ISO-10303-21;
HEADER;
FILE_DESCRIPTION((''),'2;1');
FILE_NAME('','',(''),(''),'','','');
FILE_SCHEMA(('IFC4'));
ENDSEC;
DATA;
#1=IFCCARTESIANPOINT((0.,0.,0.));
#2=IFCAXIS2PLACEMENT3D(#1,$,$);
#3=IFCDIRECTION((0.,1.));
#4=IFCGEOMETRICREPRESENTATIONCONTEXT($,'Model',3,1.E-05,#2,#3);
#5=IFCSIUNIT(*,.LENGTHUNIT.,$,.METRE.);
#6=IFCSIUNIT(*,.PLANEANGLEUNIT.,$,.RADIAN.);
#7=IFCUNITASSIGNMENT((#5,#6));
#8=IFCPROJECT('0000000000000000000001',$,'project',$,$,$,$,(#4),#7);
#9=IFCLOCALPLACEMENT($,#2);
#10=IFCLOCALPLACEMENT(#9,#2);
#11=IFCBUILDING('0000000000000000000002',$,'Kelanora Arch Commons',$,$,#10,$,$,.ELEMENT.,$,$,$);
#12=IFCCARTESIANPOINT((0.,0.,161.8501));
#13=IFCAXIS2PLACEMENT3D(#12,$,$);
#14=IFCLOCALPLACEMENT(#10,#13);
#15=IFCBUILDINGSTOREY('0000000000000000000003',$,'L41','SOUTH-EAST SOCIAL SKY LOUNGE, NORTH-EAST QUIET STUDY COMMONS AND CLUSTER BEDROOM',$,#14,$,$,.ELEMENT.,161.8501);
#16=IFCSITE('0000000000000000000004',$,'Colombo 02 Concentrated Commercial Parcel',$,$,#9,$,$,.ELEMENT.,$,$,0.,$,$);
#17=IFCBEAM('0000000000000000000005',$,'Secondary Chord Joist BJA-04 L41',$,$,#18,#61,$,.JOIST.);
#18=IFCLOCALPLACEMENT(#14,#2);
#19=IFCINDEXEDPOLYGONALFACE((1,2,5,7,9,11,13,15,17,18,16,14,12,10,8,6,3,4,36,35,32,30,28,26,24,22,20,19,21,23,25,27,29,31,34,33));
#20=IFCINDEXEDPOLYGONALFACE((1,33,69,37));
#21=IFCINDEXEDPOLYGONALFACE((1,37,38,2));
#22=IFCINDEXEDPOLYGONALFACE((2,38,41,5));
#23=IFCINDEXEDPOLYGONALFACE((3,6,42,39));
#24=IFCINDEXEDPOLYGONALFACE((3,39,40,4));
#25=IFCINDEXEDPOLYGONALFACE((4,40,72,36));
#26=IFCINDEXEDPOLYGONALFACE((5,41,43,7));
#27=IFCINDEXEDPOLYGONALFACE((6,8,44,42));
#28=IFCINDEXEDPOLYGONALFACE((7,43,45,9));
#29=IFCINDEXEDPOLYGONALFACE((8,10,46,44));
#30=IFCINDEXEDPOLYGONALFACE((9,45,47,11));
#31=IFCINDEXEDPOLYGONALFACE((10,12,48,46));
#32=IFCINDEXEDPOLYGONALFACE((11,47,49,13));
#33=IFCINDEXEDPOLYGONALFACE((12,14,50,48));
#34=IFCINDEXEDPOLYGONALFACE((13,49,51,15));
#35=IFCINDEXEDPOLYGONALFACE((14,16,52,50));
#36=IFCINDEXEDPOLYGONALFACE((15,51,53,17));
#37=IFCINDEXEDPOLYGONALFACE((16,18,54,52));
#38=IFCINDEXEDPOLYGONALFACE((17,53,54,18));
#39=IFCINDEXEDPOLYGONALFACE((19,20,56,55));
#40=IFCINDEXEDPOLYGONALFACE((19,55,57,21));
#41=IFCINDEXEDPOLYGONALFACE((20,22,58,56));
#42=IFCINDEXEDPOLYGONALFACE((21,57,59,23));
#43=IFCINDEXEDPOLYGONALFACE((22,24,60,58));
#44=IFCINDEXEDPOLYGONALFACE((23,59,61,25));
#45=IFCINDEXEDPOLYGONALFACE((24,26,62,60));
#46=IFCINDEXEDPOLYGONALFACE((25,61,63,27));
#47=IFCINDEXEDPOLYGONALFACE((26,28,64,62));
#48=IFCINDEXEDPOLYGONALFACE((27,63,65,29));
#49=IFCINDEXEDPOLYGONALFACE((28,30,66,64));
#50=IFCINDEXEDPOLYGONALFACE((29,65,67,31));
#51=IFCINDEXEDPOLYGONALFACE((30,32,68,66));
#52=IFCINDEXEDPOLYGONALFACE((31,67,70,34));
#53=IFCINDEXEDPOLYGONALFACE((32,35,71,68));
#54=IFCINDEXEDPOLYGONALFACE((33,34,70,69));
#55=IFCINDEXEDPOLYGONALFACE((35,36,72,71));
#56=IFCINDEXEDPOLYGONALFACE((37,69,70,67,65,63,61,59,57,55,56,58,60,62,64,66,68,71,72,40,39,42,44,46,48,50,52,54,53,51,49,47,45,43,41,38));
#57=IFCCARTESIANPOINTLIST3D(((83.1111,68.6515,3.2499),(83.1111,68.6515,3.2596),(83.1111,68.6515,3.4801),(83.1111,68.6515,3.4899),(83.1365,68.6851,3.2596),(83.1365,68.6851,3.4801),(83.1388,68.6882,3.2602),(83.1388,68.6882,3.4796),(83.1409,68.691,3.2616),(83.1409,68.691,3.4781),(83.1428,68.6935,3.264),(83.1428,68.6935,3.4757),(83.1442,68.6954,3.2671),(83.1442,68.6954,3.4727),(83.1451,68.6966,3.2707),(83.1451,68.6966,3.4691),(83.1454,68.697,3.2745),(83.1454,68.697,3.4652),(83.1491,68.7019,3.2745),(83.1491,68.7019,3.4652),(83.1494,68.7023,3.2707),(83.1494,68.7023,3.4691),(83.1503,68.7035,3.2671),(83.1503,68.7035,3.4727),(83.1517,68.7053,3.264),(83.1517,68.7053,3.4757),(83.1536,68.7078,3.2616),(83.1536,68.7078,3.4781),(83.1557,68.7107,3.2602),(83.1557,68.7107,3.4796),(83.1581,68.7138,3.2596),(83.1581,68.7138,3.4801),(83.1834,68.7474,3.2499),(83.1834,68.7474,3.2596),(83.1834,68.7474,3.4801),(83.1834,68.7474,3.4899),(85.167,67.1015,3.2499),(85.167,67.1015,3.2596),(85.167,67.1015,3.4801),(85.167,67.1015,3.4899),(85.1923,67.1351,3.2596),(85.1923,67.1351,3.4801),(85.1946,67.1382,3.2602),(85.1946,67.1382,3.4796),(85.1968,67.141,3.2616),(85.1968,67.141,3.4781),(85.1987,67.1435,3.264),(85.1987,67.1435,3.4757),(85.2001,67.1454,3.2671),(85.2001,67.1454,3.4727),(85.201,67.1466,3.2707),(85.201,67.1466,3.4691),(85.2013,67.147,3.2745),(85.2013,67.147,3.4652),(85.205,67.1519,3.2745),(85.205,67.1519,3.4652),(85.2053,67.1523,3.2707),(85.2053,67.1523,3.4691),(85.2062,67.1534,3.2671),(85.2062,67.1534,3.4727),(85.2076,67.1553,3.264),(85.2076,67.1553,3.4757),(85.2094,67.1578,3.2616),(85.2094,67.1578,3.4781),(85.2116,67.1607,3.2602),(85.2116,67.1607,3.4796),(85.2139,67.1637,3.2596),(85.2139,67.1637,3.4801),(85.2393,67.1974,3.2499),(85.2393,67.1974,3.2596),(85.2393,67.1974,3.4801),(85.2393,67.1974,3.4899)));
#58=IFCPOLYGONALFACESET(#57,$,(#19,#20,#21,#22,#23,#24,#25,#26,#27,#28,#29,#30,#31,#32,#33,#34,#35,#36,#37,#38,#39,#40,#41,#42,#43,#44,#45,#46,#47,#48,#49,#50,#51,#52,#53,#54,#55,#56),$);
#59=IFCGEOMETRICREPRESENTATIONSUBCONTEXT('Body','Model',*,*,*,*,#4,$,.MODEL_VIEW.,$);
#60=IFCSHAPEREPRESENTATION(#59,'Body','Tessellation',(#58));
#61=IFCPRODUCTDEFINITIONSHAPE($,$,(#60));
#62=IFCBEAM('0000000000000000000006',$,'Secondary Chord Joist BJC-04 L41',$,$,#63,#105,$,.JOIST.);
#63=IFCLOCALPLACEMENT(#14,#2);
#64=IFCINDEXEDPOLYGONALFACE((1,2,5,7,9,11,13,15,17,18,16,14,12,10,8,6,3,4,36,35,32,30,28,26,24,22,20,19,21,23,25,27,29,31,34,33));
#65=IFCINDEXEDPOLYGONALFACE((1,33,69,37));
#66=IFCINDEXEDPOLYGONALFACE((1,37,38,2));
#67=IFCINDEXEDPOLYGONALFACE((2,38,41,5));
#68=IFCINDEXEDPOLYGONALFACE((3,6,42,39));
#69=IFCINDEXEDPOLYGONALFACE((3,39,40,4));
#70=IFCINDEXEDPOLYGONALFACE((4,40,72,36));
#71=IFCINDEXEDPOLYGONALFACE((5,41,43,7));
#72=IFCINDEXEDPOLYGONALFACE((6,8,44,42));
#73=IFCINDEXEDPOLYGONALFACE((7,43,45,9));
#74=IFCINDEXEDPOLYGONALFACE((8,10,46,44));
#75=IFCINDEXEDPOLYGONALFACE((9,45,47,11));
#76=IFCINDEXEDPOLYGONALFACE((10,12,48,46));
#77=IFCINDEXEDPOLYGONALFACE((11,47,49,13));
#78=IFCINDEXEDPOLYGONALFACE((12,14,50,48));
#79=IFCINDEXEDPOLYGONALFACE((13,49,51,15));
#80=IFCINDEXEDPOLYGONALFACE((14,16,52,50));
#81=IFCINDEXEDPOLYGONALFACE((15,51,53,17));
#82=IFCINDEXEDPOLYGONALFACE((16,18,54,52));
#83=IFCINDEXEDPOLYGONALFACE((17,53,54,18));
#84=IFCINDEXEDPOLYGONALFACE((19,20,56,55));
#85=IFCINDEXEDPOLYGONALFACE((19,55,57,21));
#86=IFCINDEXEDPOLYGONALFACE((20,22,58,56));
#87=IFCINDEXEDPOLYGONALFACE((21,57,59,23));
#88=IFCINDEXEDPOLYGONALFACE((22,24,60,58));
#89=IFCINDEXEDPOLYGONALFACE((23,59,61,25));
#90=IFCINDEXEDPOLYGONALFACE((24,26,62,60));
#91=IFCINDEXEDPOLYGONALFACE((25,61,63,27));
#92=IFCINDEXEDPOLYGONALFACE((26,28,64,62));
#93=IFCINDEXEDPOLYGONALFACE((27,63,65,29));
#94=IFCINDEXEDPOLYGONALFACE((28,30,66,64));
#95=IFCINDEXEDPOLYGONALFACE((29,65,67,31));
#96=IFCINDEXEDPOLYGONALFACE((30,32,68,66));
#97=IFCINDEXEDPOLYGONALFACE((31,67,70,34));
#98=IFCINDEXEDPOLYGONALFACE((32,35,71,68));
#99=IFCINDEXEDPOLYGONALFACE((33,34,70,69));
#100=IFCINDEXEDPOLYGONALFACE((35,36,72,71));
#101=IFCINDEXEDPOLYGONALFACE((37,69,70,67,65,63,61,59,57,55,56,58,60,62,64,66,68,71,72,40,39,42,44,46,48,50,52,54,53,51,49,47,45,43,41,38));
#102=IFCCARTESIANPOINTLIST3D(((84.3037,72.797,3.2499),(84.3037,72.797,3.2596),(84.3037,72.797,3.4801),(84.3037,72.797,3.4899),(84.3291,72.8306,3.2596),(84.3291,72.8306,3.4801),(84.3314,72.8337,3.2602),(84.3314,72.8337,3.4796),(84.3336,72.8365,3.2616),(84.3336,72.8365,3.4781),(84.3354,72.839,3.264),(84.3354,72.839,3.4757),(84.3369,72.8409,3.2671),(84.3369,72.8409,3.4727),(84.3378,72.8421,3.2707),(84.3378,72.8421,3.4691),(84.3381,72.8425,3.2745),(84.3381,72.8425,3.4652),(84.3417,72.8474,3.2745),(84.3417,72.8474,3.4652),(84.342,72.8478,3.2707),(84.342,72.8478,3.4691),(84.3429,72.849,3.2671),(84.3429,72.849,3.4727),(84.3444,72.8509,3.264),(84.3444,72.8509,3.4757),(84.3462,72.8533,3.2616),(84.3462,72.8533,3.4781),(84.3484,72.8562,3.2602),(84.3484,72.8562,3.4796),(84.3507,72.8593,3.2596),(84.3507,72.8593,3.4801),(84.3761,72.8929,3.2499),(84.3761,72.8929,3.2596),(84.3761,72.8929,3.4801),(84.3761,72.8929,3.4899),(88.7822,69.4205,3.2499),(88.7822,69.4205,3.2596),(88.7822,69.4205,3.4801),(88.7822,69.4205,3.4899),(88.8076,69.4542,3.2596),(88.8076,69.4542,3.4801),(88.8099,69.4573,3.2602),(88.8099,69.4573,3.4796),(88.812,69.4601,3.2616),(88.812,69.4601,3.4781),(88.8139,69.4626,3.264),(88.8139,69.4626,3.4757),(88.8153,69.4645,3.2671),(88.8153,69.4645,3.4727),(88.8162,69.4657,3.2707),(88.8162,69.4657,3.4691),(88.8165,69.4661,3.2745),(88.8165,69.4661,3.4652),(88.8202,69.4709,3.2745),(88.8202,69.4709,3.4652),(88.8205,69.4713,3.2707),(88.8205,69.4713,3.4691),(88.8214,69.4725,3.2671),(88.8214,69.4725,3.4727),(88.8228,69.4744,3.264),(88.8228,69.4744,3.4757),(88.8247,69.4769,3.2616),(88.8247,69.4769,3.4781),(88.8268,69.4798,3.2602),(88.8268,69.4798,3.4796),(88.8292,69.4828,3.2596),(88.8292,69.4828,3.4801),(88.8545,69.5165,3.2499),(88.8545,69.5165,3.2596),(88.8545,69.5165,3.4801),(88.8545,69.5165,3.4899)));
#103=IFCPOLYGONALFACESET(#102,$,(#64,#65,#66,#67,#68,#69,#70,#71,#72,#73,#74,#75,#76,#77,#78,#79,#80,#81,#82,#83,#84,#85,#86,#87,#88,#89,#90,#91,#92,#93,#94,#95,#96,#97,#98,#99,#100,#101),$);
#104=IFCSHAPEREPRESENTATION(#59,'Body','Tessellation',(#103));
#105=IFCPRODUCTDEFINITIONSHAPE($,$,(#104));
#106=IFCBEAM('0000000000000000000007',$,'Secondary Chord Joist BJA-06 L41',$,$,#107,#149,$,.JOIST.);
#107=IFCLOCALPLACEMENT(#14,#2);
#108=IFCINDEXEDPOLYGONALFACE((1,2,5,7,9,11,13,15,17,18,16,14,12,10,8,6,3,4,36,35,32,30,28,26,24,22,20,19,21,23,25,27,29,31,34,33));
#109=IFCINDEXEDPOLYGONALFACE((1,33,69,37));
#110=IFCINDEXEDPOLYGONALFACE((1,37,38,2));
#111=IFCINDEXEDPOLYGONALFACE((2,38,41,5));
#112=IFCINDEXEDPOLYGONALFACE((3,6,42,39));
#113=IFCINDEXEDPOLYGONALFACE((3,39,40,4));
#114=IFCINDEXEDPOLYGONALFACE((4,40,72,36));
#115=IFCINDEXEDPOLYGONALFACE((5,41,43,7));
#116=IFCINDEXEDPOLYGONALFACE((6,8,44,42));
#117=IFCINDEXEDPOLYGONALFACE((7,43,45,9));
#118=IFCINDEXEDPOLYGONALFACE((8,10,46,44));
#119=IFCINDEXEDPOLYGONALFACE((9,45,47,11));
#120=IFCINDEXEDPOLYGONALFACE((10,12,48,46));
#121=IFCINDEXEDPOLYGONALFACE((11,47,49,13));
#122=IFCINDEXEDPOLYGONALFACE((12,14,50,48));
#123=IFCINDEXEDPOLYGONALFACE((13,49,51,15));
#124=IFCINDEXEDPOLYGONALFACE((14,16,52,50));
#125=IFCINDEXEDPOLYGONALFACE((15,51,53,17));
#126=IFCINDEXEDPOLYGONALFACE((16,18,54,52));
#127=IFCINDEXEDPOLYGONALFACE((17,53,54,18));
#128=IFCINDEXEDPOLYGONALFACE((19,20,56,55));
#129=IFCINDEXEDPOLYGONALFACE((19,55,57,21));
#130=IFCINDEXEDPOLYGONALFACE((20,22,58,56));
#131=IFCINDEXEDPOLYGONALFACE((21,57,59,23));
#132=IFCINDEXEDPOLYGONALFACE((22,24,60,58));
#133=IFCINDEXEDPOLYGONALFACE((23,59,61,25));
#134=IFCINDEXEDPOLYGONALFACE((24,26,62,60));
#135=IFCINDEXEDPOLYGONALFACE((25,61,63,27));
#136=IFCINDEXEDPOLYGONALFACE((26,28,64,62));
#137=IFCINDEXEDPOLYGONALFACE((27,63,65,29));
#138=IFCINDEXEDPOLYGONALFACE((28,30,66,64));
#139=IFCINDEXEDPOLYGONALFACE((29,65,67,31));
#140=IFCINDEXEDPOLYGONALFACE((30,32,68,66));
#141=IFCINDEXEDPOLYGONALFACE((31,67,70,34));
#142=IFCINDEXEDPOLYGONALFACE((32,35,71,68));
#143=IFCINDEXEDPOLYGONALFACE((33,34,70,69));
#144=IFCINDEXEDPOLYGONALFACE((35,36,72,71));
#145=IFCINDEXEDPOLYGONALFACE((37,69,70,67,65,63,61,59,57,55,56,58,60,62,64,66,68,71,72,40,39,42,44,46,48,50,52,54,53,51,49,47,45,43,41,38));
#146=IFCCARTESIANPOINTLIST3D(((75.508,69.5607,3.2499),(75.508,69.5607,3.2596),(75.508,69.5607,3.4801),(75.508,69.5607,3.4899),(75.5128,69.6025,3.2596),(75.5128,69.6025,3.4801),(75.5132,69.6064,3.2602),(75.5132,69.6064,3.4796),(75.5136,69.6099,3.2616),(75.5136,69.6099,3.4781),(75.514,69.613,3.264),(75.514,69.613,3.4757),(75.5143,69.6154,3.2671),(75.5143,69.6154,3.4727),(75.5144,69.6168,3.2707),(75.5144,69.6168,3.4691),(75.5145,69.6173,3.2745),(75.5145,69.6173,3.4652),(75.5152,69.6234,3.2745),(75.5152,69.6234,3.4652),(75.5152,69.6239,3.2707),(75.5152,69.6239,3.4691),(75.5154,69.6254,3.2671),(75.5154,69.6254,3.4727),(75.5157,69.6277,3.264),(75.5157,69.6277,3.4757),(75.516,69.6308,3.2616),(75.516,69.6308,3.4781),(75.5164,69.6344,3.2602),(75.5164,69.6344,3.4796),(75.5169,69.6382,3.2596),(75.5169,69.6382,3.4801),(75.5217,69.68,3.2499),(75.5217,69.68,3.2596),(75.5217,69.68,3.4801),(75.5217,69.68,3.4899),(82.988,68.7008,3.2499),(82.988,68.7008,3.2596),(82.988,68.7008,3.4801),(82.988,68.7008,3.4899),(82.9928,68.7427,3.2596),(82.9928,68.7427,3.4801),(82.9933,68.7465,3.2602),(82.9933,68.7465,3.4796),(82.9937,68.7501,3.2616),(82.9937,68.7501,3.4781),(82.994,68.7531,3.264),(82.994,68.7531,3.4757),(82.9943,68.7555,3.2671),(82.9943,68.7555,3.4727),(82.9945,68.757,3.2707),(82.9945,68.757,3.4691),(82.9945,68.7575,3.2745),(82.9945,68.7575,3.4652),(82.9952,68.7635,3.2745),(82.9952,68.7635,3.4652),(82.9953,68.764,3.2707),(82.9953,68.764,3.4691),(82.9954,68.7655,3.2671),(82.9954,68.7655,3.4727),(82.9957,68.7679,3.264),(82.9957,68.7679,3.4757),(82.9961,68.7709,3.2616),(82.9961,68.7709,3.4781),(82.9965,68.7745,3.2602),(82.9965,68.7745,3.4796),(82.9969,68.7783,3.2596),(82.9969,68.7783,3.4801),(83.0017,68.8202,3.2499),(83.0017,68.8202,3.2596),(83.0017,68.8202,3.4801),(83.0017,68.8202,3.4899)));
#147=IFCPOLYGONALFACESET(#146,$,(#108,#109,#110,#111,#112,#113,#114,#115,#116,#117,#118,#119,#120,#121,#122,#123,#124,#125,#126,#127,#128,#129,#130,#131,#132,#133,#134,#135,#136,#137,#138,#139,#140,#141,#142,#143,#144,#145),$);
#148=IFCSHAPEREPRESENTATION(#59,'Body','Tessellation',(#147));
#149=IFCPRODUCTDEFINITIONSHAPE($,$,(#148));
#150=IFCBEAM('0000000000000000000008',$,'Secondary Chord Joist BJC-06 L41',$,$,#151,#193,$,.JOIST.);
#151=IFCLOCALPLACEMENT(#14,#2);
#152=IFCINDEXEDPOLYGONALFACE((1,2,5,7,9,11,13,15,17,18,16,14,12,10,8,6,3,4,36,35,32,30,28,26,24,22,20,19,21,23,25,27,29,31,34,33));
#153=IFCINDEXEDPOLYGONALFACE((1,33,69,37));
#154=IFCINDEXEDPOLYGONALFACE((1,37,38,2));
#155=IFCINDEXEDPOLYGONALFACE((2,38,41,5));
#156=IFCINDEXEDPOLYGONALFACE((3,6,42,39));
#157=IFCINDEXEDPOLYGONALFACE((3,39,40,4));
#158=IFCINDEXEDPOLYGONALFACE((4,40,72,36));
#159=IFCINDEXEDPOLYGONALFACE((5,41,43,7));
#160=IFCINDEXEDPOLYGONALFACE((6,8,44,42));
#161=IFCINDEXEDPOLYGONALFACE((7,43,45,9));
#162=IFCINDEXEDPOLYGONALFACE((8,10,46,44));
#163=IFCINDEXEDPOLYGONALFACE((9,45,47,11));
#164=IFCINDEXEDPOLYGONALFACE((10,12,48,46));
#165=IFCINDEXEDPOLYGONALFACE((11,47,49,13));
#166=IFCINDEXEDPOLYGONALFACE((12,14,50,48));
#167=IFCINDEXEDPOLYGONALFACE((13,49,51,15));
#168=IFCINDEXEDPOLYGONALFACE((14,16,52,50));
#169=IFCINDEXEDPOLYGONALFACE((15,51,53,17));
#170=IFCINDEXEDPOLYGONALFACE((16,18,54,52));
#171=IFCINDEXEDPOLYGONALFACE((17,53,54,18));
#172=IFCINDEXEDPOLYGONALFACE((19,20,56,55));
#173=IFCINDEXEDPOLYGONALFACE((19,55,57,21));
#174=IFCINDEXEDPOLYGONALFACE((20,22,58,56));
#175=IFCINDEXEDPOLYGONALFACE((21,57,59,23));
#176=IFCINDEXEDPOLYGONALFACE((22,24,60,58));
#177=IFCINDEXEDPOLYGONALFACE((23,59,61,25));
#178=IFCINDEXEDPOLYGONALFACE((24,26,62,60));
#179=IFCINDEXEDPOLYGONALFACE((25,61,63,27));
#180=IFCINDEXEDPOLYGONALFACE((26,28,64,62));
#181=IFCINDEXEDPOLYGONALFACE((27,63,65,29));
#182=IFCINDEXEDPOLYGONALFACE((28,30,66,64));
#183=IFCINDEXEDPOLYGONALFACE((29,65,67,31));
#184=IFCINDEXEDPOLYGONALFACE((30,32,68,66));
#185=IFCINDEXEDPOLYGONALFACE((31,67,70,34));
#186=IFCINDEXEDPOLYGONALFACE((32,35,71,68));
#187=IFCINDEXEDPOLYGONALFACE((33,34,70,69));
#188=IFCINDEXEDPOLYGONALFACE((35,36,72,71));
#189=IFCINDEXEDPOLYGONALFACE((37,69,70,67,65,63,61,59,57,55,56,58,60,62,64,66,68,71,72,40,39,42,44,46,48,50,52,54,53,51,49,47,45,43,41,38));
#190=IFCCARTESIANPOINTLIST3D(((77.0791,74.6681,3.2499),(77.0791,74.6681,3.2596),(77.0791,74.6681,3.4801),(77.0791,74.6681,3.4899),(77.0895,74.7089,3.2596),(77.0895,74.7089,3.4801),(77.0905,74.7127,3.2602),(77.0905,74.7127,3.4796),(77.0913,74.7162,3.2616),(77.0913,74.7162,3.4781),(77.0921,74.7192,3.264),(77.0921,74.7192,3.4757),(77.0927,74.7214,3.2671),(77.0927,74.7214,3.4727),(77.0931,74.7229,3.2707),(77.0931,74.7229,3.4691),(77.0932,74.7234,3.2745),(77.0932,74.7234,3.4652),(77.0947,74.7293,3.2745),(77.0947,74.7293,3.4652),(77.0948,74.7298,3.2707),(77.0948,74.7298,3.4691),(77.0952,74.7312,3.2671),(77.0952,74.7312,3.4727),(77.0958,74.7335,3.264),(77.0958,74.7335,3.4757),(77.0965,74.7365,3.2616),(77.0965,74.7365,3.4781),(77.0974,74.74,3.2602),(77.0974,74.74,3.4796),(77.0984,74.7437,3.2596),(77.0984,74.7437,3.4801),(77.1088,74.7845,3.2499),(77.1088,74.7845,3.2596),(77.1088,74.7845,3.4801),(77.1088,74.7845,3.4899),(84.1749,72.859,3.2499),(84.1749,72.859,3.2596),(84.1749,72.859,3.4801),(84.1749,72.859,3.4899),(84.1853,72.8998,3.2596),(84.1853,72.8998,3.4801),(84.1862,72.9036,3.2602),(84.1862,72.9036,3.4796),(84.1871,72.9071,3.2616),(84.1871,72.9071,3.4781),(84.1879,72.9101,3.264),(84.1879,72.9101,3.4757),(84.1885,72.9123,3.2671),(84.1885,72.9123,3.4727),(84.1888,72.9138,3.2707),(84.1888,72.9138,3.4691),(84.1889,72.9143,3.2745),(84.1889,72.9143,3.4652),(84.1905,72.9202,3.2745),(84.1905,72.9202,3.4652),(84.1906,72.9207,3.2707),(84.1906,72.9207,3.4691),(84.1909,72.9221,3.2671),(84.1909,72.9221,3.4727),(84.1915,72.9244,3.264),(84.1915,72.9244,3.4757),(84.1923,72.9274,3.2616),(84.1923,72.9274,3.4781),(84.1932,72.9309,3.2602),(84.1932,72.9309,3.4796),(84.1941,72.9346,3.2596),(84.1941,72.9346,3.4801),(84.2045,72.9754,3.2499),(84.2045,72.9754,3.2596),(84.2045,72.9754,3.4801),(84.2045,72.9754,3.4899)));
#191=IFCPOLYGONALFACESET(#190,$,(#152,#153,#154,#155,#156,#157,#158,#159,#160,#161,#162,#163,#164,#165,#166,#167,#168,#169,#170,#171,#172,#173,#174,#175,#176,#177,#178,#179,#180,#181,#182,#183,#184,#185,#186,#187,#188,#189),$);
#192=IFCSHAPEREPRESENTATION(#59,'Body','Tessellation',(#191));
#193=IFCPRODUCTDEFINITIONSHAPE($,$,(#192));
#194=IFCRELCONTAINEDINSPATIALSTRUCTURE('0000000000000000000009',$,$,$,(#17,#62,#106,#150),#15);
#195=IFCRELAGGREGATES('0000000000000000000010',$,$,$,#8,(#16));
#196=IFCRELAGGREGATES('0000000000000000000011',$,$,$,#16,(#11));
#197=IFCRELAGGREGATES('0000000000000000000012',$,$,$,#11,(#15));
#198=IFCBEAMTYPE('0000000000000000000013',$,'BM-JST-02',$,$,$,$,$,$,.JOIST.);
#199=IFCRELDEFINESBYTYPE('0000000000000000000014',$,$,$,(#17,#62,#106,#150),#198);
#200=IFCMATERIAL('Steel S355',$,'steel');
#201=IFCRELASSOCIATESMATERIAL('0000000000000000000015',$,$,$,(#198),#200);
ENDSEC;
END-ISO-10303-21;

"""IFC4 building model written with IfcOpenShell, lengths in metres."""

from ifc_helpers import new_model, si_unit, direction, frame, origin, origin_2d, place, context, subcontext, project, spatial, i_section, extrude, material, material_profile, profile_set, type_object, element, save


model = new_model("IFC4")

# Units and contexts
model_context = context("Model", 3, precision=1e-05, world=origin(), true_north=direction((0.0, 1.0)))
body_context = subcontext(model_context, "Body", "Model", "MODEL_VIEW")
ifc_project = project(units=[si_unit("LENGTHUNIT", "METRE"), si_unit("PLANEANGLEUNIT", "RADIAN")], contexts=[model_context])

# Site, building, storey
site_placement = place(None, origin())
site = spatial("IfcSite", under=ifc_project, at=site_placement, Name="Colombo 02 Concentrated Commercial Parcel", CompositionType="ELEMENT", RefElevation=0.0)
building_placement = place(site_placement, origin())
building = spatial("IfcBuilding", under=site, at=building_placement, Name="Kelanora Arch Commons", CompositionType="ELEMENT")
storey_placement = place(building_placement, frame((0.0, 0.0, 161.8501)))
storey = spatial("IfcBuildingStorey", under=building, at=storey_placement, Name="L41", Description="SOUTH-EAST SOCIAL SKY LOUNGE, NORTH-EAST QUIET STUDY COMMONS AND CLUSTER BEDROOM", CompositionType="ELEMENT", Elevation=161.8501)

# Beams
ifc_material_1 = material(Name="Steel S355", Category="steel")
ifc_material_profile_1 = material_profile(ifc_material_1, i_section(OverallWidth=0.1201, OverallDepth=0.24, WebThickness=0.0061, FlangeThickness=0.0098, FilletRadius=0.0149, at=origin_2d()), Name="IPE240")
ifc_profile_set_1 = profile_set([ifc_material_profile_1], Name="Steel S355")
beam_type_1 = type_object("IfcBeamType", Name="BM-JST-02", PredefinedType="JOIST", material=ifc_profile_set_1)
beam_1_placement = place(storey_placement, frame((85.2031, 67.1494, 3.3699), z_axis=(-0.798484, 0.602016, 0.0), x_axis=(-0.602016, -0.798484, 0.0)))
element("IfcBeam", 1, at=beam_1_placement, inside=storey, type_object=beam_type_1, Name="Secondary Chord Joist BJA-04 L41", PredefinedType="JOIST", context=body_context, shape_type="SweptSolid", body=[
    extrude(i_section(OverallWidth=0.1201, OverallDepth=0.24, WebThickness=0.0061, FlangeThickness=0.0098, FilletRadius=0.0149, at=origin_2d()), origin(), (0.0, 0.0, 1.0), 2.5747),
])
beam_2_placement = place(storey_placement, frame((88.8184, 69.4685, 3.3699), z_axis=(-0.798493, 0.602004, 0.0), x_axis=(-0.602004, -0.798493, 0.0)))
element("IfcBeam", 2, at=beam_2_placement, inside=storey, type_object=beam_type_1, Name="Secondary Chord Joist BJC-04 L41", PredefinedType="JOIST", context=body_context, shape_type="SweptSolid", body=[
    extrude(i_section(OverallWidth=0.1201, OverallDepth=0.24, WebThickness=0.0061, FlangeThickness=0.0098, FilletRadius=0.0149, at=origin_2d()), origin(), (0.0, 0.0, 1.0), 5.6086),
])
beam_3_placement = place(storey_placement, frame((82.9949, 68.7605, 3.3699), z_axis=(-0.993457, 0.114203, 0.0), x_axis=(-0.114203, -0.993457, 0.0)))
element("IfcBeam", 3, at=beam_3_placement, inside=storey, type_object=beam_type_1, Name="Secondary Chord Joist BJA-06 L41", PredefinedType="JOIST", context=body_context, shape_type="SweptSolid", body=[
    extrude(i_section(OverallWidth=0.1201, OverallDepth=0.24, WebThickness=0.0061, FlangeThickness=0.0098, FilletRadius=0.0149, at=origin_2d()), origin(), (0.0, 0.0, 1.0), 7.5293),
])
beam_4_placement = place(storey_placement, frame((84.1897, 72.9172, 3.3699), z_axis=(-0.969002, 0.247052, 0.0), x_axis=(-0.247052, -0.969002, 0.0)))
element("IfcBeam", 4, at=beam_4_placement, inside=storey, type_object=beam_type_1, Name="Secondary Chord Joist BJC-06 L41", PredefinedType="JOIST", context=body_context, shape_type="SweptSolid", body=[
    extrude(i_section(OverallWidth=0.1201, OverallDepth=0.24, WebThickness=0.0061, FlangeThickness=0.0098, FilletRadius=0.0149, at=origin_2d()), origin(), (0.0, 0.0, 1.0), 7.3228),
])

save(model, "model.ifc")
